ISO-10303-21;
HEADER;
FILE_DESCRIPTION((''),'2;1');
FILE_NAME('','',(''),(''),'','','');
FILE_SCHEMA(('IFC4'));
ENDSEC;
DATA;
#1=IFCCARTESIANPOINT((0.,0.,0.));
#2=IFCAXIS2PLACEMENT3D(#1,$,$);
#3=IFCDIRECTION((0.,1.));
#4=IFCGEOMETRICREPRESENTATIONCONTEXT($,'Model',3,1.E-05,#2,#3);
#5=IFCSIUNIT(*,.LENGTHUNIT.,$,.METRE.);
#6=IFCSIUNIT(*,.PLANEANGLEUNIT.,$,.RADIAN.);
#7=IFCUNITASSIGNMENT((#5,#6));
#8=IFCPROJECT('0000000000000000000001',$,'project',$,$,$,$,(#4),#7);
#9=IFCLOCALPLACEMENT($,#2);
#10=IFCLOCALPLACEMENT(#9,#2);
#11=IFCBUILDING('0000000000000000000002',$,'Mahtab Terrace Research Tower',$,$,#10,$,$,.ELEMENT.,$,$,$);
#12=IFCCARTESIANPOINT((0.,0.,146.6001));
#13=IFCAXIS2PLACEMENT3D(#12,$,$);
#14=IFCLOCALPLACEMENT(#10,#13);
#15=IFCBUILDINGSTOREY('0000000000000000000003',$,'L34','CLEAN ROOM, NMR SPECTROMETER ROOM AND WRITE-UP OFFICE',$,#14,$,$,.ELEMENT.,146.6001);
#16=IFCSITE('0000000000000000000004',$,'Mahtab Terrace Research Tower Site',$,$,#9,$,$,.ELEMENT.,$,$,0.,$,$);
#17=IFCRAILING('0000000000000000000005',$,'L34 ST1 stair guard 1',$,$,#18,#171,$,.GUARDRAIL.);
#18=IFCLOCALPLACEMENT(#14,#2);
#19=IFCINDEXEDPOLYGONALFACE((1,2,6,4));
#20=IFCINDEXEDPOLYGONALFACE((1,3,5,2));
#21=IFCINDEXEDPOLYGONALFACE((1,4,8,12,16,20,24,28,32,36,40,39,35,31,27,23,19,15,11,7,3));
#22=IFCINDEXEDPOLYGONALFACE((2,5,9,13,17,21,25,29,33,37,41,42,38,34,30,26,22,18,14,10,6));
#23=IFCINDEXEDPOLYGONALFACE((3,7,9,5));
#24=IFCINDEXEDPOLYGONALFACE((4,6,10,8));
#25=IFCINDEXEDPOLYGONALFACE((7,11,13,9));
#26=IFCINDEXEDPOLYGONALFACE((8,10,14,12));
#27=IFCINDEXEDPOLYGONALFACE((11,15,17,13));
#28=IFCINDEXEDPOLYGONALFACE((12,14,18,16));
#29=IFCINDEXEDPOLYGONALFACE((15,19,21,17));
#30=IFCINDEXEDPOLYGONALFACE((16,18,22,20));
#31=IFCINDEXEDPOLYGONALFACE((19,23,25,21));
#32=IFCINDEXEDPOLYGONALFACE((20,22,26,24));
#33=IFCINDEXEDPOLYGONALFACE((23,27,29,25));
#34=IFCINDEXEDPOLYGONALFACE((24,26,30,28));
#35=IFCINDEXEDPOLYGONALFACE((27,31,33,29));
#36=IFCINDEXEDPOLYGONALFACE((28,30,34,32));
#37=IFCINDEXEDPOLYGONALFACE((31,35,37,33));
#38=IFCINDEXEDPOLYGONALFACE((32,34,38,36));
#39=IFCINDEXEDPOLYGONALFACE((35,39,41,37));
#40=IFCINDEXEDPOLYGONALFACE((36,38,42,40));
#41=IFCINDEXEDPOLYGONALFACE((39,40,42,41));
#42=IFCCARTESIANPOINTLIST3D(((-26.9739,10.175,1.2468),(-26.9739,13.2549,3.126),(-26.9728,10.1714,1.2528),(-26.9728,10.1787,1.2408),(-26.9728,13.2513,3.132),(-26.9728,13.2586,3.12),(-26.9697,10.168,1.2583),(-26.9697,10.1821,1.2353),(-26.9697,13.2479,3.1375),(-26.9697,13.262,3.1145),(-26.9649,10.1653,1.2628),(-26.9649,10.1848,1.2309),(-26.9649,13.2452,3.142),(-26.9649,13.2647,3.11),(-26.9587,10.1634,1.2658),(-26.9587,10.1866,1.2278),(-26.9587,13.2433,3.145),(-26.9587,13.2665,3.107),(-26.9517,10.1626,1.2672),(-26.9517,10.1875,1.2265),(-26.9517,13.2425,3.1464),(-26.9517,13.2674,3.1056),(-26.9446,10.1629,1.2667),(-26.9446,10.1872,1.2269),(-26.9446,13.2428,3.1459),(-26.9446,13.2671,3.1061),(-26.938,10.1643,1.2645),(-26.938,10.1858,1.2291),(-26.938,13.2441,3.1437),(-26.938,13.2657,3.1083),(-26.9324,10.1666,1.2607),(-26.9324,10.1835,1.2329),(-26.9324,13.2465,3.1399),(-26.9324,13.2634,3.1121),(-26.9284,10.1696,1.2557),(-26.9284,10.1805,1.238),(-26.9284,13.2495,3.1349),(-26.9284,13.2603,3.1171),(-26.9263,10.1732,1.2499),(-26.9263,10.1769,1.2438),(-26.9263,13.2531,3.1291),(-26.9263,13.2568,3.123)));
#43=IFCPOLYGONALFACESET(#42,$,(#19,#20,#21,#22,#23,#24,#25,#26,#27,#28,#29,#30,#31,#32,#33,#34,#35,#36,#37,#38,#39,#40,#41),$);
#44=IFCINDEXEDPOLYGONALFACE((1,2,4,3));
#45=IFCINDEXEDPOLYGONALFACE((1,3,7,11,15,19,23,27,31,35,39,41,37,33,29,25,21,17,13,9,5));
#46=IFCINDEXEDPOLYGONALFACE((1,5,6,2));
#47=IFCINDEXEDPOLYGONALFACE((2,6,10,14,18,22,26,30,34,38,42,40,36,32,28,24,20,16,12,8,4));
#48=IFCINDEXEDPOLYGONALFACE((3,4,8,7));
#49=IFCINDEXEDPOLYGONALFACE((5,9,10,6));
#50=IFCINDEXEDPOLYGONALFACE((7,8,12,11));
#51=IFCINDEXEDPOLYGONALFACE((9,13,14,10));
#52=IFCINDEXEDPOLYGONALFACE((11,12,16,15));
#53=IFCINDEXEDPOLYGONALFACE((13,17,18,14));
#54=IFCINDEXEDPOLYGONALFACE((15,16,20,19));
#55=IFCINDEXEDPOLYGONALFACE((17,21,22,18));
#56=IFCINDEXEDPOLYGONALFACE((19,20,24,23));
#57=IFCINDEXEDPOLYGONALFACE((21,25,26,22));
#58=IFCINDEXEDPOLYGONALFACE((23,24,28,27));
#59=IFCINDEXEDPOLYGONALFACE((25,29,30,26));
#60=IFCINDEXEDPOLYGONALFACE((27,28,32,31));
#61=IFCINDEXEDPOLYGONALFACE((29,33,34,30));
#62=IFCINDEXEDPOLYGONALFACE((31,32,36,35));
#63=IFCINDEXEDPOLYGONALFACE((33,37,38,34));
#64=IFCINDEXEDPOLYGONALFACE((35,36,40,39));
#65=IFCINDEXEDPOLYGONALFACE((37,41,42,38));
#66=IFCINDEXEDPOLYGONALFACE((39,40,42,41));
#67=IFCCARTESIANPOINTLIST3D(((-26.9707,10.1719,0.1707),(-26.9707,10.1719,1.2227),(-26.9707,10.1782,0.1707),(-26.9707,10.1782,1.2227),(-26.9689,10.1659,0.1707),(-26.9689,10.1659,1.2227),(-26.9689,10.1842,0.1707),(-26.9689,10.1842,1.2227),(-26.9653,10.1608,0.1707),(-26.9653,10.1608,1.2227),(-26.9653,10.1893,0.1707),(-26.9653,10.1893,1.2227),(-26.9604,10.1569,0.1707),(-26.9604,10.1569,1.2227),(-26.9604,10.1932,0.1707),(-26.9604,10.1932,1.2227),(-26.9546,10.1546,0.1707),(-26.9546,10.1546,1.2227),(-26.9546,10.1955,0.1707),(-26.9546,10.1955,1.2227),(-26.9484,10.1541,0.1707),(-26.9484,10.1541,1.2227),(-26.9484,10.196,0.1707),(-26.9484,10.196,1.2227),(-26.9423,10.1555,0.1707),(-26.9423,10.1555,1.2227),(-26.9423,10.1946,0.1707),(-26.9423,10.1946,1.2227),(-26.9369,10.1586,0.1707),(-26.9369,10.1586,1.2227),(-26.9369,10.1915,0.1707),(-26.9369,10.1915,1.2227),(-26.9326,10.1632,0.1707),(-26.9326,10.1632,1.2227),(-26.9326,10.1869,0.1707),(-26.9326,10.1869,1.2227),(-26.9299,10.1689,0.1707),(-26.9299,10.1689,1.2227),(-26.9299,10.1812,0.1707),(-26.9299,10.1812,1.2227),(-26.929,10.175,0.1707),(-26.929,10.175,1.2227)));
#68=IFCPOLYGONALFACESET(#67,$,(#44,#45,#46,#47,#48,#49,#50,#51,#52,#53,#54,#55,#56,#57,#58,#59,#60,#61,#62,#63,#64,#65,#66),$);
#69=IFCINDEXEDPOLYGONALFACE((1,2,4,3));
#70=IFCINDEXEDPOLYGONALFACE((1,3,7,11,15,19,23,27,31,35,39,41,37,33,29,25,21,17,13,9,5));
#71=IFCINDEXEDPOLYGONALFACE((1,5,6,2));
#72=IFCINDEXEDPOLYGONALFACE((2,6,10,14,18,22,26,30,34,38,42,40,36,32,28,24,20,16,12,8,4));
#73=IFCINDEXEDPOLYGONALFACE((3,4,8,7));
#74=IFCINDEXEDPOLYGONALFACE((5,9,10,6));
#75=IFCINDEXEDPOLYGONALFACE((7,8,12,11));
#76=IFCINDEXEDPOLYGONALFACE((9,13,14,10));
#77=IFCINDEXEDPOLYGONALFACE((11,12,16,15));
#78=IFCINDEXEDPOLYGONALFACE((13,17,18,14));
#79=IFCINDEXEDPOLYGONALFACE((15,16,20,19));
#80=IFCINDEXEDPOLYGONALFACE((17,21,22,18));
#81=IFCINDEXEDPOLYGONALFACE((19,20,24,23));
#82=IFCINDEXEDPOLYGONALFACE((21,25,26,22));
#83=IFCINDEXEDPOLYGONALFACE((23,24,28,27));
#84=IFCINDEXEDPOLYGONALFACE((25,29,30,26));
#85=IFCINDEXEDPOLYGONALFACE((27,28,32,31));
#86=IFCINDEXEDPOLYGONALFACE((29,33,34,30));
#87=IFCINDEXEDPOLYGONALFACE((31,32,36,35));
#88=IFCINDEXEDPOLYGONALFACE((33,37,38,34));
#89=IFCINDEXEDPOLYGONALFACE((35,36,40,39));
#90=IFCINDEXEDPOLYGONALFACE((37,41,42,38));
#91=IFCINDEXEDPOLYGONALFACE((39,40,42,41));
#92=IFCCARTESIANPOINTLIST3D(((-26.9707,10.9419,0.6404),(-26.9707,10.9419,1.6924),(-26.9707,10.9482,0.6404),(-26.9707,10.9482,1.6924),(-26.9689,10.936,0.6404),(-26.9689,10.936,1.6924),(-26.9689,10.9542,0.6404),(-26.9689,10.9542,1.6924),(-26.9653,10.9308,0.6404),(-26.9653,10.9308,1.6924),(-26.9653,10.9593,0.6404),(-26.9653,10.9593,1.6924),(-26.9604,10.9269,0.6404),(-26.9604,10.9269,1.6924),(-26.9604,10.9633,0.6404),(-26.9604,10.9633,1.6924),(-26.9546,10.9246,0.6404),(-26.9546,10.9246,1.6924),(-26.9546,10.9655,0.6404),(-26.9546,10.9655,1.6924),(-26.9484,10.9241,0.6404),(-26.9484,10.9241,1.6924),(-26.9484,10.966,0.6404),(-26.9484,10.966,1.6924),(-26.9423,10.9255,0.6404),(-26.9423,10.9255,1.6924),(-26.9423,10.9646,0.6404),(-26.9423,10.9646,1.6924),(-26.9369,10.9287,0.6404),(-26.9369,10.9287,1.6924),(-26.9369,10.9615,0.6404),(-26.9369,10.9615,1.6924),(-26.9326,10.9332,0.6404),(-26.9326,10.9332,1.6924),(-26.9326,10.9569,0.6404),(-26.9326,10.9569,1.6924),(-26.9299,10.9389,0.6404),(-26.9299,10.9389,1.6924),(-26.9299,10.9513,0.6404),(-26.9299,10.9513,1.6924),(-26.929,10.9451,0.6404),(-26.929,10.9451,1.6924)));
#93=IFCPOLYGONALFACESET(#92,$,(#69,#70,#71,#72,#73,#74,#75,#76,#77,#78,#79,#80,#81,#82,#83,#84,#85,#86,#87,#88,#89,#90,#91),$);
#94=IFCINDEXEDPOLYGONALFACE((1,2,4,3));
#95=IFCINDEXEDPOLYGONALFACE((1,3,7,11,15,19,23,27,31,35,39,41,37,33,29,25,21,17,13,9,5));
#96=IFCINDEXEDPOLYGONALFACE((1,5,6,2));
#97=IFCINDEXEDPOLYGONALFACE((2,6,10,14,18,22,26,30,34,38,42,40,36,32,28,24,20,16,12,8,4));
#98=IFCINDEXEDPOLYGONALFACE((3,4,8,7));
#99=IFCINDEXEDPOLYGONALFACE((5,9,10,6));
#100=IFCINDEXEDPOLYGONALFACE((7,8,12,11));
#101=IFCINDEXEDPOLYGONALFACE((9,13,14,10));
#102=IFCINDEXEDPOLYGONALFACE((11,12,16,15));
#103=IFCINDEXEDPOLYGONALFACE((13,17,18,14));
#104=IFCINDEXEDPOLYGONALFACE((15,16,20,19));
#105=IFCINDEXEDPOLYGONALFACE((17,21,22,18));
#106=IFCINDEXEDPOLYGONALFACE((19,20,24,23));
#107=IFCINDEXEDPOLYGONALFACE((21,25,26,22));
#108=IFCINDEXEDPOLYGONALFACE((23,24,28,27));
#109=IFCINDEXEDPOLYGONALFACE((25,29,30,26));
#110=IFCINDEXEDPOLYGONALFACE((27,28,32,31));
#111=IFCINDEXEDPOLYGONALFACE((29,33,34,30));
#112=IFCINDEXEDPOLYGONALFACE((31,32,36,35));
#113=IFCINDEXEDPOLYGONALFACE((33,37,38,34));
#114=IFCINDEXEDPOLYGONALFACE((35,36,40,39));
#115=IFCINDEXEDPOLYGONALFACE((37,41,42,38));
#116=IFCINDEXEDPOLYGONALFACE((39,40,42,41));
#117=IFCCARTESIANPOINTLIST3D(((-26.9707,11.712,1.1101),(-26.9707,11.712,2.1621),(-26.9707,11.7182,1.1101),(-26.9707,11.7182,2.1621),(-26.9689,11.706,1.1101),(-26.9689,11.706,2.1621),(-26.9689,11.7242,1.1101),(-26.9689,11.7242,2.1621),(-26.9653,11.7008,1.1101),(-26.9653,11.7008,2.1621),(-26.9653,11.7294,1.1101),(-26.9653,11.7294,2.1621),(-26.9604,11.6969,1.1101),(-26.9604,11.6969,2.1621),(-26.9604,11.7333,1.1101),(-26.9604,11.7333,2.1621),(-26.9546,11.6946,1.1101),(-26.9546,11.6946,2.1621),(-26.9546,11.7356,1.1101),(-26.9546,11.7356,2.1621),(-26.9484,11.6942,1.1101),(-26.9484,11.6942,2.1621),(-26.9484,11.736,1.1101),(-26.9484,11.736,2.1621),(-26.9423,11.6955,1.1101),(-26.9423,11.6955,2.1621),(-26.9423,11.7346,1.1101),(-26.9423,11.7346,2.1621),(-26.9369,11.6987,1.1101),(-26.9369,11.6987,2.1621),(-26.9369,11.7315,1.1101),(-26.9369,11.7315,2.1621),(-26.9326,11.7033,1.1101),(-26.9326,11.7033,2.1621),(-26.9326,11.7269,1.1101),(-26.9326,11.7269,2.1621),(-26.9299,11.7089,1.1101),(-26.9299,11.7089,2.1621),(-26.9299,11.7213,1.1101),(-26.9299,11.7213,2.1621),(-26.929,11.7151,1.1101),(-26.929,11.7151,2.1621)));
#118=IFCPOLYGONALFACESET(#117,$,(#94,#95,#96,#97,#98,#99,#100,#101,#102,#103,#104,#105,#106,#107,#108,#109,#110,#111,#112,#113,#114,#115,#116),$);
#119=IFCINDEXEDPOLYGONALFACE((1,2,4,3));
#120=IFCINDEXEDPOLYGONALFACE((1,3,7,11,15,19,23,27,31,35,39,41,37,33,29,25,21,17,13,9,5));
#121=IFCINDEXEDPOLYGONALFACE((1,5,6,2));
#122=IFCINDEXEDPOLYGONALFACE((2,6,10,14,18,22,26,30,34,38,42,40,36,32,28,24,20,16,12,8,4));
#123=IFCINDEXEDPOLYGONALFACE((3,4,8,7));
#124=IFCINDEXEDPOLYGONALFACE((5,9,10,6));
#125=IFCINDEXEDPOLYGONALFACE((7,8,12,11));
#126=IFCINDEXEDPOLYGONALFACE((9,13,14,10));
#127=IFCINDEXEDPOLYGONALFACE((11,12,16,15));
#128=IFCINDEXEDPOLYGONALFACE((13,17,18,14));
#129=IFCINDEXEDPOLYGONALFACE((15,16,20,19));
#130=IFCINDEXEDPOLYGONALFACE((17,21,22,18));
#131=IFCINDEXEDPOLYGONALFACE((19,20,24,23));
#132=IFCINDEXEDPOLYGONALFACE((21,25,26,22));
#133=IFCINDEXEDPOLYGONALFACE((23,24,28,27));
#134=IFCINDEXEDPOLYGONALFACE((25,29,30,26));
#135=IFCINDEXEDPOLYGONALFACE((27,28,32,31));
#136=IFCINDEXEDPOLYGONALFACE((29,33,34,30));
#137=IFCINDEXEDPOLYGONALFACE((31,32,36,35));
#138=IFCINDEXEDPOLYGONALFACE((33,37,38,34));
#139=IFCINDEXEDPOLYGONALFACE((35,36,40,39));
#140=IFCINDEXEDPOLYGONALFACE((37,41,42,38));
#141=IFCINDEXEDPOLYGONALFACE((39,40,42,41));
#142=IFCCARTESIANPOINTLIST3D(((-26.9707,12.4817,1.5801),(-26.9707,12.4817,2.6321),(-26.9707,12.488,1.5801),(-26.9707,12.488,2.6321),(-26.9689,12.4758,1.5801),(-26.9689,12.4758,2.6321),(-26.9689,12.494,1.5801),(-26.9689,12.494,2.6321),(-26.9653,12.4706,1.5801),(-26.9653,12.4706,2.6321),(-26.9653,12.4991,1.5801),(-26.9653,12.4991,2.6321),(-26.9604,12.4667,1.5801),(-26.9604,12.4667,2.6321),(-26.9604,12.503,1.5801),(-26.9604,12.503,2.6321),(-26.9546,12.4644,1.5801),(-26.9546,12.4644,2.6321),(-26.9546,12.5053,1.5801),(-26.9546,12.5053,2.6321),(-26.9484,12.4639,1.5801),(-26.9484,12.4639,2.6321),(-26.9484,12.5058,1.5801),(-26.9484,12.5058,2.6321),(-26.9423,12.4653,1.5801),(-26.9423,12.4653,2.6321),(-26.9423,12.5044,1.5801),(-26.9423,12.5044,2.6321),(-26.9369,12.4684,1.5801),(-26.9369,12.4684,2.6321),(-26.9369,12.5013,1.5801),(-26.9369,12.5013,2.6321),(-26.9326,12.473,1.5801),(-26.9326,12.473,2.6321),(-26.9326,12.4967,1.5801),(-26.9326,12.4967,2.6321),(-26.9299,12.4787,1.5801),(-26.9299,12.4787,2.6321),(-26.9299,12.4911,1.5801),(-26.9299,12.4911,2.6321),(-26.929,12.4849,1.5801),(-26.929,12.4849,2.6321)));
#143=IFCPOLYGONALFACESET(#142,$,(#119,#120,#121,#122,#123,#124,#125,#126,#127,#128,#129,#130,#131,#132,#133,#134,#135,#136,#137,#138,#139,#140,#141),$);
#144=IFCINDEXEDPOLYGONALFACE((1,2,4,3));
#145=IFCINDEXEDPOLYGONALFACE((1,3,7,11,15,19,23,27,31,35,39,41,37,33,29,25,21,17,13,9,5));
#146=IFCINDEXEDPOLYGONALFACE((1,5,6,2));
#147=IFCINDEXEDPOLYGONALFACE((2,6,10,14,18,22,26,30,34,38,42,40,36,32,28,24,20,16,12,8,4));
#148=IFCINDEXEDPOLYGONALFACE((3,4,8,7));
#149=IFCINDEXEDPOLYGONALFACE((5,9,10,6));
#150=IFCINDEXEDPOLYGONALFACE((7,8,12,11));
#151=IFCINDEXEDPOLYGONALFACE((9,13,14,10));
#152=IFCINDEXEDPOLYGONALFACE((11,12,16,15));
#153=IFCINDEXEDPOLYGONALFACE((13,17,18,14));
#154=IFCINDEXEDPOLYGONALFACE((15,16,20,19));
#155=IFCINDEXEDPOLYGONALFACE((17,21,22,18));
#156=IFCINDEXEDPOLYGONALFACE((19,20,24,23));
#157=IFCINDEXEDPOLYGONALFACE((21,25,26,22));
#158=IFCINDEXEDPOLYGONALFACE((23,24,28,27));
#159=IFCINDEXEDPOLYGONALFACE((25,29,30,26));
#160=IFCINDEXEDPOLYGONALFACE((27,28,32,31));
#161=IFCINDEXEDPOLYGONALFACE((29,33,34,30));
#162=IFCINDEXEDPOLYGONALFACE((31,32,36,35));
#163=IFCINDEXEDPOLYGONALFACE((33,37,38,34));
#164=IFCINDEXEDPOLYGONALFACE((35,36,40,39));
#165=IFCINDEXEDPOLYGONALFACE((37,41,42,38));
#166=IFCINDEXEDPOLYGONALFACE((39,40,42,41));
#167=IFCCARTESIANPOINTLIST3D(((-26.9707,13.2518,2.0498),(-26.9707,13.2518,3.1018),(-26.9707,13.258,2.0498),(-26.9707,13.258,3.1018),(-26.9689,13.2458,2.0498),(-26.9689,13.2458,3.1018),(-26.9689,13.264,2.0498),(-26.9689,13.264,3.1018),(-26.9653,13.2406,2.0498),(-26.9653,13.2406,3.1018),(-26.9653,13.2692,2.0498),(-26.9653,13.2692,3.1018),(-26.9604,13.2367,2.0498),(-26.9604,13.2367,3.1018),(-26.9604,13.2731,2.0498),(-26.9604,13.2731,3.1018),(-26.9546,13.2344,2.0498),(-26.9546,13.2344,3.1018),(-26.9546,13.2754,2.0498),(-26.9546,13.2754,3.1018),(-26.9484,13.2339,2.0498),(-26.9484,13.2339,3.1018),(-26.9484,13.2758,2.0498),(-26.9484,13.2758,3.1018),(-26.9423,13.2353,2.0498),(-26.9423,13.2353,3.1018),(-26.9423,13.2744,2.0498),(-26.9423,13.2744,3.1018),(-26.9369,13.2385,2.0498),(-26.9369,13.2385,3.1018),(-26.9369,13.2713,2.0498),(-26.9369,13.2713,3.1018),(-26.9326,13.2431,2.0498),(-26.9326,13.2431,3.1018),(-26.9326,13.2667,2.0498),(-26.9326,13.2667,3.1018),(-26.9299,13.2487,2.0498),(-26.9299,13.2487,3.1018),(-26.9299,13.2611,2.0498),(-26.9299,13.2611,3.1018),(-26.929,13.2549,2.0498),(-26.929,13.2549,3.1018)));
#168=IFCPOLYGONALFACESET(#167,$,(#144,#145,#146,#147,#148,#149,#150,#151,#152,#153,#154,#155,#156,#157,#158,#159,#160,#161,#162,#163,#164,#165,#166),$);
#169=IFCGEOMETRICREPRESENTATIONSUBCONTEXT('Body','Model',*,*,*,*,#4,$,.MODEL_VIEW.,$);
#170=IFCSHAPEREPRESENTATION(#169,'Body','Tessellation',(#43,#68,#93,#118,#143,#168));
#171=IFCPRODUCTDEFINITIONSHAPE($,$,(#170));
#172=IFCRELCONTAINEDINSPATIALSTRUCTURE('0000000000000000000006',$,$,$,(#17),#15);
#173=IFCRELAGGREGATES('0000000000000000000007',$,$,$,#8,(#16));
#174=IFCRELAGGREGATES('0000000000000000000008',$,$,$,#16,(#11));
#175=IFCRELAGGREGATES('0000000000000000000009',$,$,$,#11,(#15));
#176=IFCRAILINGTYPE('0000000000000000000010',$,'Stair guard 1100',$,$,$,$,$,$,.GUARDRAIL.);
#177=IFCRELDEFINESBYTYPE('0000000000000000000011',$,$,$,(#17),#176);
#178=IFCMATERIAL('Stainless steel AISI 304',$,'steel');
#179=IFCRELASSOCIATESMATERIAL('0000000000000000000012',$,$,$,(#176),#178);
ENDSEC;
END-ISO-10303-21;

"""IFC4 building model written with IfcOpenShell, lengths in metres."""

from ifc_helpers import new_model, si_unit, direction, frame, origin, origin_2d, place, context, subcontext, project, spatial, circle, extrude, material, type_object, element, save


model = new_model("IFC4")

# Units and contexts
model_context = context("Model", 3, precision=1e-05, world=origin(), true_north=direction((0.0, 1.0)))
body_context = subcontext(model_context, "Body", "Model", "MODEL_VIEW")
ifc_project = project(units=[si_unit("LENGTHUNIT", "METRE"), si_unit("PLANEANGLEUNIT", "RADIAN")], contexts=[model_context])

# Site, building, storey
site_placement = place(None, origin())
site = spatial("IfcSite", under=ifc_project, at=site_placement, Name="Mahtab Terrace Research Tower Site", CompositionType="ELEMENT", RefElevation=0.0)
building_placement = place(site_placement, origin())
building = spatial("IfcBuilding", under=site, at=building_placement, Name="Mahtab Terrace Research Tower", CompositionType="ELEMENT")
storey_placement = place(building_placement, frame((0.0, 0.0, 146.6001)))
storey = spatial("IfcBuildingStorey", under=building, at=storey_placement, Name="L34", Description="CLEAN ROOM, NMR SPECTROMETER ROOM AND WRITE-UP OFFICE", CompositionType="ELEMENT", Elevation=146.6001)

# Railing
ifc_material_1 = material(Name="Stainless steel AISI 304", Category="steel")
railing_type_1 = type_object("IfcRailingType", Name="Stair guard 1100", PredefinedType="GUARDRAIL", material=ifc_material_1)
railing_1_placement = place(storey_placement, frame((-26.95, 10.175, 0.1707)))
element("IfcRailing", 1, at=railing_1_placement, inside=storey, type_object=railing_type_1, Name="L34 ST1 stair guard 1", PredefinedType="GUARDRAIL", context=body_context, shape_type="SweptSolid", body=[
    extrude(circle(Radius=0.0239, at=origin_2d()), frame((0.0, 0.0, 1.0762), z_axis=(0.0, 0.853648, 0.52085), x_axis=(-1.0, 0.0, 0.0)), (0.0, 0.0, 1.0), 3.6079),
    extrude(circle(Radius=0.021, at=origin_2d()), origin(), (0.0, 0.0, 1.0), 1.052),
    extrude(circle(Radius=0.021, at=origin_2d()), frame((0.0, 0.77, 0.4697)), (0.0, 0.0, 1.0), 1.052),
    extrude(circle(Radius=0.021, at=origin_2d()), frame((0.0, 1.54, 0.9395)), (0.0, 0.0, 1.0), 1.052),
    extrude(circle(Radius=0.021, at=origin_2d()), frame((0.0, 2.3098, 1.4094)), (0.0, 0.0, 1.0), 1.052),
    extrude(circle(Radius=0.021, at=origin_2d()), frame((0.0, 3.0798, 1.8792)), (0.0, 0.0, 1.0), 1.052),
])

save(model, "model.ifc")
